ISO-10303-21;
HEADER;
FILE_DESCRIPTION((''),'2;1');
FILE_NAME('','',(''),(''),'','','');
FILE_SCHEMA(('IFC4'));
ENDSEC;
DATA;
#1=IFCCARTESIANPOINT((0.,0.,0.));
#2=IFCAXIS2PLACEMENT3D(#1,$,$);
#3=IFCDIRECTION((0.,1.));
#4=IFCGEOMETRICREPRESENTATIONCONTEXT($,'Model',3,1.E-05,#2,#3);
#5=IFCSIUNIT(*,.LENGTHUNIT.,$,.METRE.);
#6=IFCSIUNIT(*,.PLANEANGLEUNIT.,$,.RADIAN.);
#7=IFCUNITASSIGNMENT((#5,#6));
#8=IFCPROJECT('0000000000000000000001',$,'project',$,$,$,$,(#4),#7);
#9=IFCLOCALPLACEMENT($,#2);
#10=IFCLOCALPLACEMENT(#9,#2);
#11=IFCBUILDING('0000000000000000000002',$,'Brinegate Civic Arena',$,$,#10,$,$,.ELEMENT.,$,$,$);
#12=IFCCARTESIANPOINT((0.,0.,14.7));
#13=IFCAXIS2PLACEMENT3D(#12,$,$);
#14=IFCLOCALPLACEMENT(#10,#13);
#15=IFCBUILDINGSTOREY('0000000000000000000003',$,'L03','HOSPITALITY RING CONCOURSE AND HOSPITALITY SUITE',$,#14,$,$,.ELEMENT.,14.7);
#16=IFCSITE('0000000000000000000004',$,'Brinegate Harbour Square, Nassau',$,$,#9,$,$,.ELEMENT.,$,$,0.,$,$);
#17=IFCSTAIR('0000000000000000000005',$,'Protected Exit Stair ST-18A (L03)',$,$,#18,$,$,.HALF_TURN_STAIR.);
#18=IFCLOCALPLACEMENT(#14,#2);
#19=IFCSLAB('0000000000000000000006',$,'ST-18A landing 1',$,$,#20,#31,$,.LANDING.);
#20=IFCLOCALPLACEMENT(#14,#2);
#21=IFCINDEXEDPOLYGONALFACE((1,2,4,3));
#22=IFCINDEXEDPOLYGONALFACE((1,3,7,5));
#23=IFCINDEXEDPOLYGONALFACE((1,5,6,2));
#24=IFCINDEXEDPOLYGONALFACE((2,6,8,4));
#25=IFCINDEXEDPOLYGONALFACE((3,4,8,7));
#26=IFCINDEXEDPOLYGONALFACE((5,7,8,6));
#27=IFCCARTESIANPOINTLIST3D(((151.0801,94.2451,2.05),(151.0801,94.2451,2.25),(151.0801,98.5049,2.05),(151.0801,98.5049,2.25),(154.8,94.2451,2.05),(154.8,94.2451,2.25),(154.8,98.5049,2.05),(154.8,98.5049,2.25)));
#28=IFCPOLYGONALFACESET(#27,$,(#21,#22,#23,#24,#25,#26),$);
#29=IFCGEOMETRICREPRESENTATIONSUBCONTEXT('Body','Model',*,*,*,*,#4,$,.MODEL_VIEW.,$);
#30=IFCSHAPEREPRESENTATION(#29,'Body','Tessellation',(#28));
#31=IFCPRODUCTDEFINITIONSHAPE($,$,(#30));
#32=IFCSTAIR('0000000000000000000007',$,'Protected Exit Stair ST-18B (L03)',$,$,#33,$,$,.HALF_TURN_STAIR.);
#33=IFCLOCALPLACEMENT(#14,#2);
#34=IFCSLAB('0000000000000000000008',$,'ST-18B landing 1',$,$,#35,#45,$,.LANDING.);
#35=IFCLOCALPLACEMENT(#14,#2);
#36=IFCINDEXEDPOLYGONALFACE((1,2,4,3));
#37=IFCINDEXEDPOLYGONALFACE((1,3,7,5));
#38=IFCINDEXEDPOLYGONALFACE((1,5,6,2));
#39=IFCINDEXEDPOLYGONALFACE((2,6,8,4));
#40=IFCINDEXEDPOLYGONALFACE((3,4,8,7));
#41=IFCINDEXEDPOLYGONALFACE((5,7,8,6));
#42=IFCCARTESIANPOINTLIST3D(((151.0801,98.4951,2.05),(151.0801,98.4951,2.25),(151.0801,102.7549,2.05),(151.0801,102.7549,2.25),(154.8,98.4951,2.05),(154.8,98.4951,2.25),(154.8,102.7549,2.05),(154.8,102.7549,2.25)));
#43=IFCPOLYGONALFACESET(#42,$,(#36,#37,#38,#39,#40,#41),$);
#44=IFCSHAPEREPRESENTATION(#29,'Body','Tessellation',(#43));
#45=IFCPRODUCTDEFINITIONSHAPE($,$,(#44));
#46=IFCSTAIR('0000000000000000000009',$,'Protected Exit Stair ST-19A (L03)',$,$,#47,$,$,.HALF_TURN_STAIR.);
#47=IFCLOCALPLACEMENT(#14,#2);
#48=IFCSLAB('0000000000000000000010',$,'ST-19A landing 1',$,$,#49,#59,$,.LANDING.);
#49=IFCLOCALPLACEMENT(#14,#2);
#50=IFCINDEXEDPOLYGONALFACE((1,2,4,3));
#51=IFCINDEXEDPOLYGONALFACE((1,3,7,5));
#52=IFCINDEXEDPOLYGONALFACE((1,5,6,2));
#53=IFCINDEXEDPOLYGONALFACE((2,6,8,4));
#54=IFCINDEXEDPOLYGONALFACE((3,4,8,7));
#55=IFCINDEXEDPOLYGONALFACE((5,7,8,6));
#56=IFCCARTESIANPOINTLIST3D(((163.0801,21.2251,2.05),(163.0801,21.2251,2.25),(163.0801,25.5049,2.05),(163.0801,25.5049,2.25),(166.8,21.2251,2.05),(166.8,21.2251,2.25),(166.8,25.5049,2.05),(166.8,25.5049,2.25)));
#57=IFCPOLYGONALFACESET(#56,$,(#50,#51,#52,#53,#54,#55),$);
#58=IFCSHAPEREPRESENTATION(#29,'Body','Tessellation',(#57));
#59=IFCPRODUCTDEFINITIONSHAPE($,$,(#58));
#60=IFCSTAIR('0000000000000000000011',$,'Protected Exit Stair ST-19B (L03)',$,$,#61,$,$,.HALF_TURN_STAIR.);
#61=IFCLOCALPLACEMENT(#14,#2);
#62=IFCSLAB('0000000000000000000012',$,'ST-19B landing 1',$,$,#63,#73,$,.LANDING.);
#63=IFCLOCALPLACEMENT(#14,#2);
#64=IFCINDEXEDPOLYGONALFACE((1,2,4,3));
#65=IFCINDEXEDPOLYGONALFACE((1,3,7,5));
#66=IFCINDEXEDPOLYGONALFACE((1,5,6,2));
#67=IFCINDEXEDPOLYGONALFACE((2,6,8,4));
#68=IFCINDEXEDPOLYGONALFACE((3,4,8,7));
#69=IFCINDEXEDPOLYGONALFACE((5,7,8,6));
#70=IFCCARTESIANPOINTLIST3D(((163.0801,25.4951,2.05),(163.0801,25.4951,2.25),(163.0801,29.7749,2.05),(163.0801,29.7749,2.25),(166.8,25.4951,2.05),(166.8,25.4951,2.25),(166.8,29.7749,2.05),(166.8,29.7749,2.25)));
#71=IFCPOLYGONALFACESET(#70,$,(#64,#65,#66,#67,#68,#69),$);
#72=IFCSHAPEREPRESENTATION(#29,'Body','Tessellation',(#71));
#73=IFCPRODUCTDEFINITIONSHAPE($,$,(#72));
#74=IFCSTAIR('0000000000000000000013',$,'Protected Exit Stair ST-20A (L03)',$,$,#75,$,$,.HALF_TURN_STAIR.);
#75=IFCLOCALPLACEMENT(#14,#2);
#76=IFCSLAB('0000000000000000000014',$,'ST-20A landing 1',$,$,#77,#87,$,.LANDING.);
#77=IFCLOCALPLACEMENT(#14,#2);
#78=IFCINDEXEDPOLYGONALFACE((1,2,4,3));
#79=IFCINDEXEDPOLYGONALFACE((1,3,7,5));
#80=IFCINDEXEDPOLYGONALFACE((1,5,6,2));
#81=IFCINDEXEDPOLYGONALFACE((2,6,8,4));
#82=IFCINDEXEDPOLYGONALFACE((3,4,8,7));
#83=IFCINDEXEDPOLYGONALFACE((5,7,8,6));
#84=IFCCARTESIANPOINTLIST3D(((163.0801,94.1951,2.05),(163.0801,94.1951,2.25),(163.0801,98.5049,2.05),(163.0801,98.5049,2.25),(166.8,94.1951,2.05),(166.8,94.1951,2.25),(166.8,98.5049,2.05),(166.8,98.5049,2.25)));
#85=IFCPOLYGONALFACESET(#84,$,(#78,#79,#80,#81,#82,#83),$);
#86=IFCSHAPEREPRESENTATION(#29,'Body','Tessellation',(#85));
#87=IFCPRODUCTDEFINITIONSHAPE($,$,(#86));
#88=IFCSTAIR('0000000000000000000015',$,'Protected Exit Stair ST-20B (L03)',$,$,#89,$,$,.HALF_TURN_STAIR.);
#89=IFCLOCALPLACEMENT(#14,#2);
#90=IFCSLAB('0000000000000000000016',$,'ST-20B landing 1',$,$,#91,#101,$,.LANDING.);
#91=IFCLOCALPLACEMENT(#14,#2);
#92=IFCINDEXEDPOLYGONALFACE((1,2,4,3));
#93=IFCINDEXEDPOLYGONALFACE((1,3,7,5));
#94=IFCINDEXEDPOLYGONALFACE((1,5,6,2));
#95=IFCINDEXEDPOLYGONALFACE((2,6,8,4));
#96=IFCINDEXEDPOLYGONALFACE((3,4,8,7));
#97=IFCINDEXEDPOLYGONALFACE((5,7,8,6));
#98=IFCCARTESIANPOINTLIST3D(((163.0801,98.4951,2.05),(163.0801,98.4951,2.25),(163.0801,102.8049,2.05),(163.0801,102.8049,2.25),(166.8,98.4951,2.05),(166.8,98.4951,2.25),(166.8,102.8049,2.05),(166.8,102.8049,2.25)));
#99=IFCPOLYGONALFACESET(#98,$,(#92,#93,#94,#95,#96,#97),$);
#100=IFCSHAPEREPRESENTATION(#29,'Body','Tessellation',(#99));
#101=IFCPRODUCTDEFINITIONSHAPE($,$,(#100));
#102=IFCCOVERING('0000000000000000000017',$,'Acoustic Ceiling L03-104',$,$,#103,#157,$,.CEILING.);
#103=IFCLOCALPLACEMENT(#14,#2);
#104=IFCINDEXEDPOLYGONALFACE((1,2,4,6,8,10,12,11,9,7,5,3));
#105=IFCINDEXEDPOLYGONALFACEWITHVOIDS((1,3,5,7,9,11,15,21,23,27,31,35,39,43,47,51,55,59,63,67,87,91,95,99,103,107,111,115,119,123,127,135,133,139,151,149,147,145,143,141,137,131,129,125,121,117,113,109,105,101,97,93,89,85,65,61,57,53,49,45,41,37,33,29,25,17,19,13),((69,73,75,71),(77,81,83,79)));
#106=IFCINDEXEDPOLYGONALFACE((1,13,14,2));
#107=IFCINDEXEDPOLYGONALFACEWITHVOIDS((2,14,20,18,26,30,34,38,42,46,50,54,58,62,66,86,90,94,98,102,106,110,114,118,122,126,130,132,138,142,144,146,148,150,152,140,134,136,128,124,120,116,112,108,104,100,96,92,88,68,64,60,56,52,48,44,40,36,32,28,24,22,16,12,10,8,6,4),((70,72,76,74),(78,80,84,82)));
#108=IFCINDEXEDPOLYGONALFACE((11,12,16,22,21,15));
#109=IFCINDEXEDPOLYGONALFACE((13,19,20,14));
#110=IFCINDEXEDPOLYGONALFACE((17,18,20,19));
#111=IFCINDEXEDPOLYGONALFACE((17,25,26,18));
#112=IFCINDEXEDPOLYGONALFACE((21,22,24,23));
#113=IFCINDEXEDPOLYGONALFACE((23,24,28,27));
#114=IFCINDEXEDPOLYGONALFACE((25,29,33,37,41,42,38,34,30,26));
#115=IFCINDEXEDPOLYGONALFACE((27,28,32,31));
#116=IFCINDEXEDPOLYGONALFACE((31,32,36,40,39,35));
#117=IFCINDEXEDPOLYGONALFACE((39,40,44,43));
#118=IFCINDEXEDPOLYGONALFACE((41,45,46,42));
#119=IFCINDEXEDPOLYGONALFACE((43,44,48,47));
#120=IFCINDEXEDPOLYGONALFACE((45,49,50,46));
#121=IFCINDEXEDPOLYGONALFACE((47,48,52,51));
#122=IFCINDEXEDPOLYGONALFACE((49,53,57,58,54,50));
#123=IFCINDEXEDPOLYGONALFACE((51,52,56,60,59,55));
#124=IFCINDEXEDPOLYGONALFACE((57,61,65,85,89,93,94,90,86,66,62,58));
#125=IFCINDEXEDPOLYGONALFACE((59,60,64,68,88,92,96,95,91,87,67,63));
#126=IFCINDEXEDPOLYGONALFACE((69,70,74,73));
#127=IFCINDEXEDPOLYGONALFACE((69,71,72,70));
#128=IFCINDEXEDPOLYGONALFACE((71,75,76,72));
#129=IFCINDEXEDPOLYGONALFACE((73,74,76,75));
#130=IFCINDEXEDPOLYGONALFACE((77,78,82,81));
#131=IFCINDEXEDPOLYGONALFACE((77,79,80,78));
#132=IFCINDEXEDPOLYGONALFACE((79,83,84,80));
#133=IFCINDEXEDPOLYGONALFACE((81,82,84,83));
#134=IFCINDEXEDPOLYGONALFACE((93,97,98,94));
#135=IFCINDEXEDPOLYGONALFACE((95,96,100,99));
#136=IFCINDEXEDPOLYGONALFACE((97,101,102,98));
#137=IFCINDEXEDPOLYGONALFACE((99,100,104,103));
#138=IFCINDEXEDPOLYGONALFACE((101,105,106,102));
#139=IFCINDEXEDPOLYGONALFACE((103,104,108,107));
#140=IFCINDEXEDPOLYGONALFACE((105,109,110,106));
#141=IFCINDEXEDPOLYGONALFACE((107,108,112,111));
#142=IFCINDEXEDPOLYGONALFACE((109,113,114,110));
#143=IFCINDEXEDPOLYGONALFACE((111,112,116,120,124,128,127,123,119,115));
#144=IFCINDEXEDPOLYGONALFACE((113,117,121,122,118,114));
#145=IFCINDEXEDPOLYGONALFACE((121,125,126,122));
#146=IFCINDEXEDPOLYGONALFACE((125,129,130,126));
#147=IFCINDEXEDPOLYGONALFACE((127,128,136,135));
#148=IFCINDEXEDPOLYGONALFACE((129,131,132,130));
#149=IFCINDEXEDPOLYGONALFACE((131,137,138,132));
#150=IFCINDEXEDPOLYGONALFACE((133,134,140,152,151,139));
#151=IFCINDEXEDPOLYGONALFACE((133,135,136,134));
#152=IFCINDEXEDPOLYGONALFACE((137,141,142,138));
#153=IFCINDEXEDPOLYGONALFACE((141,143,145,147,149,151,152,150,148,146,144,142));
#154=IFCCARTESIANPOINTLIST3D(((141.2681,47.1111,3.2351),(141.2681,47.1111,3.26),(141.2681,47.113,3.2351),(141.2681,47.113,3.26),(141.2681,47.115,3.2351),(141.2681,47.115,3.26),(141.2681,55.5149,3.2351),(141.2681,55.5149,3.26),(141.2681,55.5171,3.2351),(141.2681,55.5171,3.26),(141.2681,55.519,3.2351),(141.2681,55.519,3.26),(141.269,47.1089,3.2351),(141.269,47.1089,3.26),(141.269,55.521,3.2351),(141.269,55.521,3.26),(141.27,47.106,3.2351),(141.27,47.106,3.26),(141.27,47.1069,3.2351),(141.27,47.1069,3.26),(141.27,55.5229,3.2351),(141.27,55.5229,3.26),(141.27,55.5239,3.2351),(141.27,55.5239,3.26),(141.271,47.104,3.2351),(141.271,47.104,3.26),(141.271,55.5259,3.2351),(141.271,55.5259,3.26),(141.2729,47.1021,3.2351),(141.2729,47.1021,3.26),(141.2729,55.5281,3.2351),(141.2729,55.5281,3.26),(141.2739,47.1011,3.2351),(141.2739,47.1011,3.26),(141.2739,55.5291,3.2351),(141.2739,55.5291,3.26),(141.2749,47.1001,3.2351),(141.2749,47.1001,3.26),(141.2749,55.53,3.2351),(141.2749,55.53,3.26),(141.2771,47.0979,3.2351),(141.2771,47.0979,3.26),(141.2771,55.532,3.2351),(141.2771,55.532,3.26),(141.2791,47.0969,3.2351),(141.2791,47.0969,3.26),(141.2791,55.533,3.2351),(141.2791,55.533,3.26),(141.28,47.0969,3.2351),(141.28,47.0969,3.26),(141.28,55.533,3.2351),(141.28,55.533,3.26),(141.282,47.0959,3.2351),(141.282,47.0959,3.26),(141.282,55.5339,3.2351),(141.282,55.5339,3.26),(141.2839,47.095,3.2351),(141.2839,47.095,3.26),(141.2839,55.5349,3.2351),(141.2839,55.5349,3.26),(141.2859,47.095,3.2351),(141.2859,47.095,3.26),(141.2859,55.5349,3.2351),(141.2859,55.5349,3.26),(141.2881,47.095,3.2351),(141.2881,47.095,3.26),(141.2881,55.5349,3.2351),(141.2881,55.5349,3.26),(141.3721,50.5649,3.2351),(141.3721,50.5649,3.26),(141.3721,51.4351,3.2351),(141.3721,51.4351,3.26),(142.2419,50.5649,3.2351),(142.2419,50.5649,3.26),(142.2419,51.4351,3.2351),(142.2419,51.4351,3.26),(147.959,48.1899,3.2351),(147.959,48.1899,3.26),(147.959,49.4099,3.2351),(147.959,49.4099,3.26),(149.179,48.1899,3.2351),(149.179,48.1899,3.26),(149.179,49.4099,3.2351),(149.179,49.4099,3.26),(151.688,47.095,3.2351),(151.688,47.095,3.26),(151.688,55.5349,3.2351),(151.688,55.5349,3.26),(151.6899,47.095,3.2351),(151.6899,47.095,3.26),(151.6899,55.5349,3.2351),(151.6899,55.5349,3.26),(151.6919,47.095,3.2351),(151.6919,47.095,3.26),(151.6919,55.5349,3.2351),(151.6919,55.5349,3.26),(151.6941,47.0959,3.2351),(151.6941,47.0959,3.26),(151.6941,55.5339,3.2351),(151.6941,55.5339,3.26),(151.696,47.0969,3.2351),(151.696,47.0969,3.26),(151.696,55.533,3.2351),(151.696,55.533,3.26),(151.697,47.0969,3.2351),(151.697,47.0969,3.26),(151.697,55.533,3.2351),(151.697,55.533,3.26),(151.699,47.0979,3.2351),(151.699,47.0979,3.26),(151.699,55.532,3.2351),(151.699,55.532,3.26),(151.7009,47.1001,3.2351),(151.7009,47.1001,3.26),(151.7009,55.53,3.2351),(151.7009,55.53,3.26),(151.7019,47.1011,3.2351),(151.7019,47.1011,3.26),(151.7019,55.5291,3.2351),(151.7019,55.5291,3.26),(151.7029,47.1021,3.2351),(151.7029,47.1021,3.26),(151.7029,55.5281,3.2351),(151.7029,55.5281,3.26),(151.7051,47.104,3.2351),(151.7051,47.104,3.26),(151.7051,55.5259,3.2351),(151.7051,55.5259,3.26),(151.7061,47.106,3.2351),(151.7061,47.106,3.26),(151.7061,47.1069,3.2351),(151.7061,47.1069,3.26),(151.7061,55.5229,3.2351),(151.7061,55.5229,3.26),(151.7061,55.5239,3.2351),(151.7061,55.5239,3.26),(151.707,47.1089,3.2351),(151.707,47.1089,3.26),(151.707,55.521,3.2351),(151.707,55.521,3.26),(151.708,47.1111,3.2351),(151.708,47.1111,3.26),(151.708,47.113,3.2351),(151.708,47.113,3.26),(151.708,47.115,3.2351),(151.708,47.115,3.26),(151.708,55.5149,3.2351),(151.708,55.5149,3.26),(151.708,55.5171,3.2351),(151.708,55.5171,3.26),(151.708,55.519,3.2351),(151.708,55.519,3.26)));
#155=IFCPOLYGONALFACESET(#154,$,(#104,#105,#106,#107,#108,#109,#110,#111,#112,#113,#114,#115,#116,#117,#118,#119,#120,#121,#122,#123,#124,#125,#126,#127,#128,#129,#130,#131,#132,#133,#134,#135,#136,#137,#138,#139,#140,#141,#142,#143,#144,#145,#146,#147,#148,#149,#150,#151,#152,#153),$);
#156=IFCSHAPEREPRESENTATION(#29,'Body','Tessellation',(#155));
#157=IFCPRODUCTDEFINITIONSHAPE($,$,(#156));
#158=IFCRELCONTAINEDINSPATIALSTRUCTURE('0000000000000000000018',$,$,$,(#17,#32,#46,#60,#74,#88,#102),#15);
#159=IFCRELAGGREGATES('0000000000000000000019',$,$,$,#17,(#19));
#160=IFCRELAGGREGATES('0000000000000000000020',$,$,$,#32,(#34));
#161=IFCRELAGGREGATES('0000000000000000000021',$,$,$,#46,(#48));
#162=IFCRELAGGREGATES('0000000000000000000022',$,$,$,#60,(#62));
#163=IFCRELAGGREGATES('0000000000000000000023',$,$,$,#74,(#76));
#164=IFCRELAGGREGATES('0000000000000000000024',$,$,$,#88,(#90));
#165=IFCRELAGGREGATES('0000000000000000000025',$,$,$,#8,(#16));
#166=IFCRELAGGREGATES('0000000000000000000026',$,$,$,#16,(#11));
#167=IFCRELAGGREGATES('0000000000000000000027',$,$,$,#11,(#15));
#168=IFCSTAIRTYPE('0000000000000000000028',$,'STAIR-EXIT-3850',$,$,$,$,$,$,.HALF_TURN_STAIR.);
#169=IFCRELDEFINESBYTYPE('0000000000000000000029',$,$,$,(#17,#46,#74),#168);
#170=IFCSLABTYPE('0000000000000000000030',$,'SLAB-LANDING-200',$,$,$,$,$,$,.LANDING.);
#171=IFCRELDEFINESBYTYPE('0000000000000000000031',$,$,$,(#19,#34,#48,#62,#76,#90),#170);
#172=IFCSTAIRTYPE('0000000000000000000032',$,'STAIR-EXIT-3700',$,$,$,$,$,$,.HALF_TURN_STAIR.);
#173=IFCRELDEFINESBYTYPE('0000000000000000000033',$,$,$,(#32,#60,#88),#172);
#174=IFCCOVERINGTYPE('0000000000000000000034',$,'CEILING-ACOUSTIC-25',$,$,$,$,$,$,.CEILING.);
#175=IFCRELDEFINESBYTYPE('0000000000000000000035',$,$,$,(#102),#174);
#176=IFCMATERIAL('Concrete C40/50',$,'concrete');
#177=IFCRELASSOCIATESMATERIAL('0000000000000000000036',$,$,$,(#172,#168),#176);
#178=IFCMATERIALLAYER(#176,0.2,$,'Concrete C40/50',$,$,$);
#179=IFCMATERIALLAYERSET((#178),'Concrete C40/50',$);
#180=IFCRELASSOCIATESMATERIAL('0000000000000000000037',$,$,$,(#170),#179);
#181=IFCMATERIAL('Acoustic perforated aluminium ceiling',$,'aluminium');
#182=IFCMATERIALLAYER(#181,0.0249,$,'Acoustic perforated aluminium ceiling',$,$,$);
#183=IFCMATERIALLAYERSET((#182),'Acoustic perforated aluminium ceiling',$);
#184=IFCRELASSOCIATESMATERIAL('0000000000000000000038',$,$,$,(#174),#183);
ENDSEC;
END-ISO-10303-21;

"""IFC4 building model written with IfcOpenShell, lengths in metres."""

from ifc_helpers import new_model, si_unit, direction, frame, origin, place, context, subcontext, project, spatial, polyline, outline, extrude, material, layer, layer_set, type_object, element, aggregate, save


model = new_model("IFC4")

# Units and contexts
model_context = context("Model", 3, precision=1e-05, world=origin(), true_north=direction((0.0, 1.0)))
body_context = subcontext(model_context, "Body", "Model", "MODEL_VIEW")
ifc_project = project(units=[si_unit("LENGTHUNIT", "METRE"), si_unit("PLANEANGLEUNIT", "RADIAN")], contexts=[model_context])

# Site, building, storey
site_placement = place(None, origin())
site = spatial("IfcSite", under=ifc_project, at=site_placement, Name="Brinegate Harbour Square, Nassau", CompositionType="ELEMENT", RefElevation=0.0)
building_placement = place(site_placement, origin())
building = spatial("IfcBuilding", under=site, at=building_placement, Name="Brinegate Civic Arena", CompositionType="ELEMENT")
storey_placement = place(building_placement, frame((0.0, 0.0, 14.7)))
storey = spatial("IfcBuildingStorey", under=building, at=storey_placement, Name="L03", Description="HOSPITALITY RING CONCOURSE AND HOSPITALITY SUITE", CompositionType="ELEMENT", Elevation=14.7)

# Stairs, slabs
ifc_material_1 = material(Name="Concrete C40/50", Category="concrete")
stair_type_1 = type_object("IfcStairType", Name="STAIR-EXIT-3700", PredefinedType="HALF_TURN_STAIR", material=ifc_material_1)
ifc_layer_1 = layer(ifc_material_1, 0.2, Name="Concrete C40/50")
ifc_layer_set_1 = layer_set([ifc_layer_1], Name="Concrete C40/50")
slab_type = type_object("IfcSlabType", Name="SLAB-LANDING-200", PredefinedType="LANDING", material=ifc_layer_set_1)
stair_type_2 = type_object("IfcStairType", Name="STAIR-EXIT-3850", PredefinedType="HALF_TURN_STAIR", material=ifc_material_1)
stair_1_placement = place(storey_placement, origin())
stair_1 = element("IfcStair", 1, at=stair_1_placement, inside=storey, type_object=stair_type_2, Name="Protected Exit Stair ST-18A (L03)", PredefinedType="HALF_TURN_STAIR")
slab_1_placement = place(storey_placement, frame((0.0, 0.0, 2.05)))
slab_1 = element("IfcSlab", 2, at=slab_1_placement, type_object=slab_type, Name="ST-18A landing 1", PredefinedType="LANDING", context=body_context, shape_type="SweptSolid", body=[
    extrude(outline(polyline([(151.0801, 94.2451), (154.8, 94.2451), (154.8, 98.5049), (151.0801, 98.5049), (151.0801, 94.2451)])), origin(), (0.0, 0.0, 1.0), 0.2),
])
aggregate(stair_1, [slab_1])
stair_2_placement = place(storey_placement, origin())
stair_2 = element("IfcStair", 3, at=stair_2_placement, inside=storey, type_object=stair_type_1, Name="Protected Exit Stair ST-18B (L03)", PredefinedType="HALF_TURN_STAIR")
slab_2_placement = place(storey_placement, frame((0.0, 0.0, 2.05)))
slab_2 = element("IfcSlab", 4, at=slab_2_placement, type_object=slab_type, Name="ST-18B landing 1", PredefinedType="LANDING", context=body_context, shape_type="SweptSolid", body=[
    extrude(outline(polyline([(151.0801, 98.4951), (154.8, 98.4951), (154.8, 102.7549), (151.0801, 102.7549), (151.0801, 98.4951)])), origin(), (0.0, 0.0, 1.0), 0.2),
])
aggregate(stair_2, [slab_2])
stair_3_placement = place(storey_placement, origin())
stair_3 = element("IfcStair", 5, at=stair_3_placement, inside=storey, type_object=stair_type_2, Name="Protected Exit Stair ST-19A (L03)", PredefinedType="HALF_TURN_STAIR")
slab_3_placement = place(storey_placement, frame((0.0, 0.0, 2.05)))
slab_3 = element("IfcSlab", 6, at=slab_3_placement, type_object=slab_type, Name="ST-19A landing 1", PredefinedType="LANDING", context=body_context, shape_type="SweptSolid", body=[
    extrude(outline(polyline([(163.0801, 21.2251), (166.8, 21.2251), (166.8, 25.5049), (163.0801, 25.5049), (163.0801, 21.2251)])), origin(), (0.0, 0.0, 1.0), 0.2),
])
aggregate(stair_3, [slab_3])
stair_4_placement = place(storey_placement, origin())
stair_4 = element("IfcStair", 7, at=stair_4_placement, inside=storey, type_object=stair_type_1, Name="Protected Exit Stair ST-19B (L03)", PredefinedType="HALF_TURN_STAIR")
slab_4_placement = place(storey_placement, frame((0.0, 0.0, 2.05)))
slab_4 = element("IfcSlab", 8, at=slab_4_placement, type_object=slab_type, Name="ST-19B landing 1", PredefinedType="LANDING", context=body_context, shape_type="SweptSolid", body=[
    extrude(outline(polyline([(163.0801, 25.4951), (166.8, 25.4951), (166.8, 29.7749), (163.0801, 29.7749), (163.0801, 25.4951)])), origin(), (0.0, 0.0, 1.0), 0.2),
])
aggregate(stair_4, [slab_4])
stair_5_placement = place(storey_placement, origin())
stair_5 = element("IfcStair", 9, at=stair_5_placement, inside=storey, type_object=stair_type_2, Name="Protected Exit Stair ST-20A (L03)", PredefinedType="HALF_TURN_STAIR")
slab_5_placement = place(storey_placement, frame((0.0, 0.0, 2.05)))
slab_5 = element("IfcSlab", 10, at=slab_5_placement, type_object=slab_type, Name="ST-20A landing 1", PredefinedType="LANDING", context=body_context, shape_type="SweptSolid", body=[
    extrude(outline(polyline([(163.0801, 94.1951), (166.8, 94.1951), (166.8, 98.5049), (163.0801, 98.5049), (163.0801, 94.1951)])), origin(), (0.0, 0.0, 1.0), 0.2),
])
aggregate(stair_5, [slab_5])
stair_6_placement = place(storey_placement, origin())
stair_6 = element("IfcStair", 11, at=stair_6_placement, inside=storey, type_object=stair_type_1, Name="Protected Exit Stair ST-20B (L03)", PredefinedType="HALF_TURN_STAIR")
slab_6_placement = place(storey_placement, frame((0.0, 0.0, 2.05)))
slab_6 = element("IfcSlab", 12, at=slab_6_placement, type_object=slab_type, Name="ST-20B landing 1", PredefinedType="LANDING", context=body_context, shape_type="SweptSolid", body=[
    extrude(outline(polyline([(163.0801, 98.4951), (166.8, 98.4951), (166.8, 102.8049), (163.0801, 102.8049), (163.0801, 98.4951)])), origin(), (0.0, 0.0, 1.0), 0.2),
])
aggregate(stair_6, [slab_6])

# Covering
ifc_material_2 = material(Name="Acoustic perforated aluminium ceiling", Category="aluminium")
ifc_layer_2 = layer(ifc_material_2, 0.0249, Name="Acoustic perforated aluminium ceiling")
ifc_layer_set_2 = layer_set([ifc_layer_2], Name="Acoustic perforated aluminium ceiling")
covering_type_1 = type_object("IfcCoveringType", Name="CEILING-ACOUSTIC-25", PredefinedType="CEILING", material=ifc_layer_set_2)
covering_1_placement = place(storey_placement, frame((0.0, 0.0, 3.2351)))
element("IfcCovering", 13, at=covering_1_placement, inside=storey, type_object=covering_type_1, Name="Acoustic Ceiling L03-104", PredefinedType="CEILING", context=body_context, shape_type="SweptSolid", body=[
    extrude(outline(polyline([(151.6919, 55.5349), (151.6941, 55.5339), (151.696, 55.533), (151.697, 55.533), (151.699, 55.532), (151.7009, 55.53), (151.7019, 55.5291), (151.7029, 55.5281), (151.7051, 55.5259), (151.7061, 55.5239), (151.7061, 55.5229), (151.707, 55.521), (151.708, 55.519), (151.708, 55.5171), (151.708, 55.5149), (151.708, 47.115), (151.708, 47.113), (151.708, 47.1111), (151.707, 47.1089), (151.7061, 47.1069), (151.7061, 47.106), (151.7051, 47.104), (151.7029, 47.1021), (151.7019, 47.1011), (151.7009, 47.1001), (151.699, 47.0979), (151.697, 47.0969), (151.696, 47.0969), (151.6941, 47.0959), (151.6919, 47.095), (151.6899, 47.095), (151.688, 47.095), (141.2881, 47.095), (141.2859, 47.095), (141.2839, 47.095), (141.282, 47.0959), (141.28, 47.0969), (141.2791, 47.0969), (141.2771, 47.0979), (141.2749, 47.1001), (141.2739, 47.1011), (141.2729, 47.1021), (141.271, 47.104), (141.27, 47.106), (141.27, 47.1069), (141.269, 47.1089), (141.2681, 47.1111), (141.2681, 47.113), (141.2681, 47.115), (141.2681, 55.5149), (141.2681, 55.5171), (141.2681, 55.519), (141.269, 55.521), (141.27, 55.5229), (141.27, 55.5239), (141.271, 55.5259), (141.2729, 55.5281), (141.2739, 55.5291), (141.2749, 55.53), (141.2771, 55.532), (141.2791, 55.533), (141.28, 55.533), (141.282, 55.5339), (141.2839, 55.5349), (141.2859, 55.5349), (141.2881, 55.5349), (151.688, 55.5349), (151.6899, 55.5349), (151.6919, 55.5349)]), holes=[polyline([(141.3721, 51.4351), (141.3721, 50.5649), (142.2419, 50.5649), (142.2419, 51.4351), (141.3721, 51.4351)]), polyline([(147.959, 49.4099), (147.959, 48.1899), (149.179, 48.1899), (149.179, 49.4099), (147.959, 49.4099)])]), origin(), (0.0, 0.0, 1.0), 0.0249),
])

save(model, "model.ifc")
